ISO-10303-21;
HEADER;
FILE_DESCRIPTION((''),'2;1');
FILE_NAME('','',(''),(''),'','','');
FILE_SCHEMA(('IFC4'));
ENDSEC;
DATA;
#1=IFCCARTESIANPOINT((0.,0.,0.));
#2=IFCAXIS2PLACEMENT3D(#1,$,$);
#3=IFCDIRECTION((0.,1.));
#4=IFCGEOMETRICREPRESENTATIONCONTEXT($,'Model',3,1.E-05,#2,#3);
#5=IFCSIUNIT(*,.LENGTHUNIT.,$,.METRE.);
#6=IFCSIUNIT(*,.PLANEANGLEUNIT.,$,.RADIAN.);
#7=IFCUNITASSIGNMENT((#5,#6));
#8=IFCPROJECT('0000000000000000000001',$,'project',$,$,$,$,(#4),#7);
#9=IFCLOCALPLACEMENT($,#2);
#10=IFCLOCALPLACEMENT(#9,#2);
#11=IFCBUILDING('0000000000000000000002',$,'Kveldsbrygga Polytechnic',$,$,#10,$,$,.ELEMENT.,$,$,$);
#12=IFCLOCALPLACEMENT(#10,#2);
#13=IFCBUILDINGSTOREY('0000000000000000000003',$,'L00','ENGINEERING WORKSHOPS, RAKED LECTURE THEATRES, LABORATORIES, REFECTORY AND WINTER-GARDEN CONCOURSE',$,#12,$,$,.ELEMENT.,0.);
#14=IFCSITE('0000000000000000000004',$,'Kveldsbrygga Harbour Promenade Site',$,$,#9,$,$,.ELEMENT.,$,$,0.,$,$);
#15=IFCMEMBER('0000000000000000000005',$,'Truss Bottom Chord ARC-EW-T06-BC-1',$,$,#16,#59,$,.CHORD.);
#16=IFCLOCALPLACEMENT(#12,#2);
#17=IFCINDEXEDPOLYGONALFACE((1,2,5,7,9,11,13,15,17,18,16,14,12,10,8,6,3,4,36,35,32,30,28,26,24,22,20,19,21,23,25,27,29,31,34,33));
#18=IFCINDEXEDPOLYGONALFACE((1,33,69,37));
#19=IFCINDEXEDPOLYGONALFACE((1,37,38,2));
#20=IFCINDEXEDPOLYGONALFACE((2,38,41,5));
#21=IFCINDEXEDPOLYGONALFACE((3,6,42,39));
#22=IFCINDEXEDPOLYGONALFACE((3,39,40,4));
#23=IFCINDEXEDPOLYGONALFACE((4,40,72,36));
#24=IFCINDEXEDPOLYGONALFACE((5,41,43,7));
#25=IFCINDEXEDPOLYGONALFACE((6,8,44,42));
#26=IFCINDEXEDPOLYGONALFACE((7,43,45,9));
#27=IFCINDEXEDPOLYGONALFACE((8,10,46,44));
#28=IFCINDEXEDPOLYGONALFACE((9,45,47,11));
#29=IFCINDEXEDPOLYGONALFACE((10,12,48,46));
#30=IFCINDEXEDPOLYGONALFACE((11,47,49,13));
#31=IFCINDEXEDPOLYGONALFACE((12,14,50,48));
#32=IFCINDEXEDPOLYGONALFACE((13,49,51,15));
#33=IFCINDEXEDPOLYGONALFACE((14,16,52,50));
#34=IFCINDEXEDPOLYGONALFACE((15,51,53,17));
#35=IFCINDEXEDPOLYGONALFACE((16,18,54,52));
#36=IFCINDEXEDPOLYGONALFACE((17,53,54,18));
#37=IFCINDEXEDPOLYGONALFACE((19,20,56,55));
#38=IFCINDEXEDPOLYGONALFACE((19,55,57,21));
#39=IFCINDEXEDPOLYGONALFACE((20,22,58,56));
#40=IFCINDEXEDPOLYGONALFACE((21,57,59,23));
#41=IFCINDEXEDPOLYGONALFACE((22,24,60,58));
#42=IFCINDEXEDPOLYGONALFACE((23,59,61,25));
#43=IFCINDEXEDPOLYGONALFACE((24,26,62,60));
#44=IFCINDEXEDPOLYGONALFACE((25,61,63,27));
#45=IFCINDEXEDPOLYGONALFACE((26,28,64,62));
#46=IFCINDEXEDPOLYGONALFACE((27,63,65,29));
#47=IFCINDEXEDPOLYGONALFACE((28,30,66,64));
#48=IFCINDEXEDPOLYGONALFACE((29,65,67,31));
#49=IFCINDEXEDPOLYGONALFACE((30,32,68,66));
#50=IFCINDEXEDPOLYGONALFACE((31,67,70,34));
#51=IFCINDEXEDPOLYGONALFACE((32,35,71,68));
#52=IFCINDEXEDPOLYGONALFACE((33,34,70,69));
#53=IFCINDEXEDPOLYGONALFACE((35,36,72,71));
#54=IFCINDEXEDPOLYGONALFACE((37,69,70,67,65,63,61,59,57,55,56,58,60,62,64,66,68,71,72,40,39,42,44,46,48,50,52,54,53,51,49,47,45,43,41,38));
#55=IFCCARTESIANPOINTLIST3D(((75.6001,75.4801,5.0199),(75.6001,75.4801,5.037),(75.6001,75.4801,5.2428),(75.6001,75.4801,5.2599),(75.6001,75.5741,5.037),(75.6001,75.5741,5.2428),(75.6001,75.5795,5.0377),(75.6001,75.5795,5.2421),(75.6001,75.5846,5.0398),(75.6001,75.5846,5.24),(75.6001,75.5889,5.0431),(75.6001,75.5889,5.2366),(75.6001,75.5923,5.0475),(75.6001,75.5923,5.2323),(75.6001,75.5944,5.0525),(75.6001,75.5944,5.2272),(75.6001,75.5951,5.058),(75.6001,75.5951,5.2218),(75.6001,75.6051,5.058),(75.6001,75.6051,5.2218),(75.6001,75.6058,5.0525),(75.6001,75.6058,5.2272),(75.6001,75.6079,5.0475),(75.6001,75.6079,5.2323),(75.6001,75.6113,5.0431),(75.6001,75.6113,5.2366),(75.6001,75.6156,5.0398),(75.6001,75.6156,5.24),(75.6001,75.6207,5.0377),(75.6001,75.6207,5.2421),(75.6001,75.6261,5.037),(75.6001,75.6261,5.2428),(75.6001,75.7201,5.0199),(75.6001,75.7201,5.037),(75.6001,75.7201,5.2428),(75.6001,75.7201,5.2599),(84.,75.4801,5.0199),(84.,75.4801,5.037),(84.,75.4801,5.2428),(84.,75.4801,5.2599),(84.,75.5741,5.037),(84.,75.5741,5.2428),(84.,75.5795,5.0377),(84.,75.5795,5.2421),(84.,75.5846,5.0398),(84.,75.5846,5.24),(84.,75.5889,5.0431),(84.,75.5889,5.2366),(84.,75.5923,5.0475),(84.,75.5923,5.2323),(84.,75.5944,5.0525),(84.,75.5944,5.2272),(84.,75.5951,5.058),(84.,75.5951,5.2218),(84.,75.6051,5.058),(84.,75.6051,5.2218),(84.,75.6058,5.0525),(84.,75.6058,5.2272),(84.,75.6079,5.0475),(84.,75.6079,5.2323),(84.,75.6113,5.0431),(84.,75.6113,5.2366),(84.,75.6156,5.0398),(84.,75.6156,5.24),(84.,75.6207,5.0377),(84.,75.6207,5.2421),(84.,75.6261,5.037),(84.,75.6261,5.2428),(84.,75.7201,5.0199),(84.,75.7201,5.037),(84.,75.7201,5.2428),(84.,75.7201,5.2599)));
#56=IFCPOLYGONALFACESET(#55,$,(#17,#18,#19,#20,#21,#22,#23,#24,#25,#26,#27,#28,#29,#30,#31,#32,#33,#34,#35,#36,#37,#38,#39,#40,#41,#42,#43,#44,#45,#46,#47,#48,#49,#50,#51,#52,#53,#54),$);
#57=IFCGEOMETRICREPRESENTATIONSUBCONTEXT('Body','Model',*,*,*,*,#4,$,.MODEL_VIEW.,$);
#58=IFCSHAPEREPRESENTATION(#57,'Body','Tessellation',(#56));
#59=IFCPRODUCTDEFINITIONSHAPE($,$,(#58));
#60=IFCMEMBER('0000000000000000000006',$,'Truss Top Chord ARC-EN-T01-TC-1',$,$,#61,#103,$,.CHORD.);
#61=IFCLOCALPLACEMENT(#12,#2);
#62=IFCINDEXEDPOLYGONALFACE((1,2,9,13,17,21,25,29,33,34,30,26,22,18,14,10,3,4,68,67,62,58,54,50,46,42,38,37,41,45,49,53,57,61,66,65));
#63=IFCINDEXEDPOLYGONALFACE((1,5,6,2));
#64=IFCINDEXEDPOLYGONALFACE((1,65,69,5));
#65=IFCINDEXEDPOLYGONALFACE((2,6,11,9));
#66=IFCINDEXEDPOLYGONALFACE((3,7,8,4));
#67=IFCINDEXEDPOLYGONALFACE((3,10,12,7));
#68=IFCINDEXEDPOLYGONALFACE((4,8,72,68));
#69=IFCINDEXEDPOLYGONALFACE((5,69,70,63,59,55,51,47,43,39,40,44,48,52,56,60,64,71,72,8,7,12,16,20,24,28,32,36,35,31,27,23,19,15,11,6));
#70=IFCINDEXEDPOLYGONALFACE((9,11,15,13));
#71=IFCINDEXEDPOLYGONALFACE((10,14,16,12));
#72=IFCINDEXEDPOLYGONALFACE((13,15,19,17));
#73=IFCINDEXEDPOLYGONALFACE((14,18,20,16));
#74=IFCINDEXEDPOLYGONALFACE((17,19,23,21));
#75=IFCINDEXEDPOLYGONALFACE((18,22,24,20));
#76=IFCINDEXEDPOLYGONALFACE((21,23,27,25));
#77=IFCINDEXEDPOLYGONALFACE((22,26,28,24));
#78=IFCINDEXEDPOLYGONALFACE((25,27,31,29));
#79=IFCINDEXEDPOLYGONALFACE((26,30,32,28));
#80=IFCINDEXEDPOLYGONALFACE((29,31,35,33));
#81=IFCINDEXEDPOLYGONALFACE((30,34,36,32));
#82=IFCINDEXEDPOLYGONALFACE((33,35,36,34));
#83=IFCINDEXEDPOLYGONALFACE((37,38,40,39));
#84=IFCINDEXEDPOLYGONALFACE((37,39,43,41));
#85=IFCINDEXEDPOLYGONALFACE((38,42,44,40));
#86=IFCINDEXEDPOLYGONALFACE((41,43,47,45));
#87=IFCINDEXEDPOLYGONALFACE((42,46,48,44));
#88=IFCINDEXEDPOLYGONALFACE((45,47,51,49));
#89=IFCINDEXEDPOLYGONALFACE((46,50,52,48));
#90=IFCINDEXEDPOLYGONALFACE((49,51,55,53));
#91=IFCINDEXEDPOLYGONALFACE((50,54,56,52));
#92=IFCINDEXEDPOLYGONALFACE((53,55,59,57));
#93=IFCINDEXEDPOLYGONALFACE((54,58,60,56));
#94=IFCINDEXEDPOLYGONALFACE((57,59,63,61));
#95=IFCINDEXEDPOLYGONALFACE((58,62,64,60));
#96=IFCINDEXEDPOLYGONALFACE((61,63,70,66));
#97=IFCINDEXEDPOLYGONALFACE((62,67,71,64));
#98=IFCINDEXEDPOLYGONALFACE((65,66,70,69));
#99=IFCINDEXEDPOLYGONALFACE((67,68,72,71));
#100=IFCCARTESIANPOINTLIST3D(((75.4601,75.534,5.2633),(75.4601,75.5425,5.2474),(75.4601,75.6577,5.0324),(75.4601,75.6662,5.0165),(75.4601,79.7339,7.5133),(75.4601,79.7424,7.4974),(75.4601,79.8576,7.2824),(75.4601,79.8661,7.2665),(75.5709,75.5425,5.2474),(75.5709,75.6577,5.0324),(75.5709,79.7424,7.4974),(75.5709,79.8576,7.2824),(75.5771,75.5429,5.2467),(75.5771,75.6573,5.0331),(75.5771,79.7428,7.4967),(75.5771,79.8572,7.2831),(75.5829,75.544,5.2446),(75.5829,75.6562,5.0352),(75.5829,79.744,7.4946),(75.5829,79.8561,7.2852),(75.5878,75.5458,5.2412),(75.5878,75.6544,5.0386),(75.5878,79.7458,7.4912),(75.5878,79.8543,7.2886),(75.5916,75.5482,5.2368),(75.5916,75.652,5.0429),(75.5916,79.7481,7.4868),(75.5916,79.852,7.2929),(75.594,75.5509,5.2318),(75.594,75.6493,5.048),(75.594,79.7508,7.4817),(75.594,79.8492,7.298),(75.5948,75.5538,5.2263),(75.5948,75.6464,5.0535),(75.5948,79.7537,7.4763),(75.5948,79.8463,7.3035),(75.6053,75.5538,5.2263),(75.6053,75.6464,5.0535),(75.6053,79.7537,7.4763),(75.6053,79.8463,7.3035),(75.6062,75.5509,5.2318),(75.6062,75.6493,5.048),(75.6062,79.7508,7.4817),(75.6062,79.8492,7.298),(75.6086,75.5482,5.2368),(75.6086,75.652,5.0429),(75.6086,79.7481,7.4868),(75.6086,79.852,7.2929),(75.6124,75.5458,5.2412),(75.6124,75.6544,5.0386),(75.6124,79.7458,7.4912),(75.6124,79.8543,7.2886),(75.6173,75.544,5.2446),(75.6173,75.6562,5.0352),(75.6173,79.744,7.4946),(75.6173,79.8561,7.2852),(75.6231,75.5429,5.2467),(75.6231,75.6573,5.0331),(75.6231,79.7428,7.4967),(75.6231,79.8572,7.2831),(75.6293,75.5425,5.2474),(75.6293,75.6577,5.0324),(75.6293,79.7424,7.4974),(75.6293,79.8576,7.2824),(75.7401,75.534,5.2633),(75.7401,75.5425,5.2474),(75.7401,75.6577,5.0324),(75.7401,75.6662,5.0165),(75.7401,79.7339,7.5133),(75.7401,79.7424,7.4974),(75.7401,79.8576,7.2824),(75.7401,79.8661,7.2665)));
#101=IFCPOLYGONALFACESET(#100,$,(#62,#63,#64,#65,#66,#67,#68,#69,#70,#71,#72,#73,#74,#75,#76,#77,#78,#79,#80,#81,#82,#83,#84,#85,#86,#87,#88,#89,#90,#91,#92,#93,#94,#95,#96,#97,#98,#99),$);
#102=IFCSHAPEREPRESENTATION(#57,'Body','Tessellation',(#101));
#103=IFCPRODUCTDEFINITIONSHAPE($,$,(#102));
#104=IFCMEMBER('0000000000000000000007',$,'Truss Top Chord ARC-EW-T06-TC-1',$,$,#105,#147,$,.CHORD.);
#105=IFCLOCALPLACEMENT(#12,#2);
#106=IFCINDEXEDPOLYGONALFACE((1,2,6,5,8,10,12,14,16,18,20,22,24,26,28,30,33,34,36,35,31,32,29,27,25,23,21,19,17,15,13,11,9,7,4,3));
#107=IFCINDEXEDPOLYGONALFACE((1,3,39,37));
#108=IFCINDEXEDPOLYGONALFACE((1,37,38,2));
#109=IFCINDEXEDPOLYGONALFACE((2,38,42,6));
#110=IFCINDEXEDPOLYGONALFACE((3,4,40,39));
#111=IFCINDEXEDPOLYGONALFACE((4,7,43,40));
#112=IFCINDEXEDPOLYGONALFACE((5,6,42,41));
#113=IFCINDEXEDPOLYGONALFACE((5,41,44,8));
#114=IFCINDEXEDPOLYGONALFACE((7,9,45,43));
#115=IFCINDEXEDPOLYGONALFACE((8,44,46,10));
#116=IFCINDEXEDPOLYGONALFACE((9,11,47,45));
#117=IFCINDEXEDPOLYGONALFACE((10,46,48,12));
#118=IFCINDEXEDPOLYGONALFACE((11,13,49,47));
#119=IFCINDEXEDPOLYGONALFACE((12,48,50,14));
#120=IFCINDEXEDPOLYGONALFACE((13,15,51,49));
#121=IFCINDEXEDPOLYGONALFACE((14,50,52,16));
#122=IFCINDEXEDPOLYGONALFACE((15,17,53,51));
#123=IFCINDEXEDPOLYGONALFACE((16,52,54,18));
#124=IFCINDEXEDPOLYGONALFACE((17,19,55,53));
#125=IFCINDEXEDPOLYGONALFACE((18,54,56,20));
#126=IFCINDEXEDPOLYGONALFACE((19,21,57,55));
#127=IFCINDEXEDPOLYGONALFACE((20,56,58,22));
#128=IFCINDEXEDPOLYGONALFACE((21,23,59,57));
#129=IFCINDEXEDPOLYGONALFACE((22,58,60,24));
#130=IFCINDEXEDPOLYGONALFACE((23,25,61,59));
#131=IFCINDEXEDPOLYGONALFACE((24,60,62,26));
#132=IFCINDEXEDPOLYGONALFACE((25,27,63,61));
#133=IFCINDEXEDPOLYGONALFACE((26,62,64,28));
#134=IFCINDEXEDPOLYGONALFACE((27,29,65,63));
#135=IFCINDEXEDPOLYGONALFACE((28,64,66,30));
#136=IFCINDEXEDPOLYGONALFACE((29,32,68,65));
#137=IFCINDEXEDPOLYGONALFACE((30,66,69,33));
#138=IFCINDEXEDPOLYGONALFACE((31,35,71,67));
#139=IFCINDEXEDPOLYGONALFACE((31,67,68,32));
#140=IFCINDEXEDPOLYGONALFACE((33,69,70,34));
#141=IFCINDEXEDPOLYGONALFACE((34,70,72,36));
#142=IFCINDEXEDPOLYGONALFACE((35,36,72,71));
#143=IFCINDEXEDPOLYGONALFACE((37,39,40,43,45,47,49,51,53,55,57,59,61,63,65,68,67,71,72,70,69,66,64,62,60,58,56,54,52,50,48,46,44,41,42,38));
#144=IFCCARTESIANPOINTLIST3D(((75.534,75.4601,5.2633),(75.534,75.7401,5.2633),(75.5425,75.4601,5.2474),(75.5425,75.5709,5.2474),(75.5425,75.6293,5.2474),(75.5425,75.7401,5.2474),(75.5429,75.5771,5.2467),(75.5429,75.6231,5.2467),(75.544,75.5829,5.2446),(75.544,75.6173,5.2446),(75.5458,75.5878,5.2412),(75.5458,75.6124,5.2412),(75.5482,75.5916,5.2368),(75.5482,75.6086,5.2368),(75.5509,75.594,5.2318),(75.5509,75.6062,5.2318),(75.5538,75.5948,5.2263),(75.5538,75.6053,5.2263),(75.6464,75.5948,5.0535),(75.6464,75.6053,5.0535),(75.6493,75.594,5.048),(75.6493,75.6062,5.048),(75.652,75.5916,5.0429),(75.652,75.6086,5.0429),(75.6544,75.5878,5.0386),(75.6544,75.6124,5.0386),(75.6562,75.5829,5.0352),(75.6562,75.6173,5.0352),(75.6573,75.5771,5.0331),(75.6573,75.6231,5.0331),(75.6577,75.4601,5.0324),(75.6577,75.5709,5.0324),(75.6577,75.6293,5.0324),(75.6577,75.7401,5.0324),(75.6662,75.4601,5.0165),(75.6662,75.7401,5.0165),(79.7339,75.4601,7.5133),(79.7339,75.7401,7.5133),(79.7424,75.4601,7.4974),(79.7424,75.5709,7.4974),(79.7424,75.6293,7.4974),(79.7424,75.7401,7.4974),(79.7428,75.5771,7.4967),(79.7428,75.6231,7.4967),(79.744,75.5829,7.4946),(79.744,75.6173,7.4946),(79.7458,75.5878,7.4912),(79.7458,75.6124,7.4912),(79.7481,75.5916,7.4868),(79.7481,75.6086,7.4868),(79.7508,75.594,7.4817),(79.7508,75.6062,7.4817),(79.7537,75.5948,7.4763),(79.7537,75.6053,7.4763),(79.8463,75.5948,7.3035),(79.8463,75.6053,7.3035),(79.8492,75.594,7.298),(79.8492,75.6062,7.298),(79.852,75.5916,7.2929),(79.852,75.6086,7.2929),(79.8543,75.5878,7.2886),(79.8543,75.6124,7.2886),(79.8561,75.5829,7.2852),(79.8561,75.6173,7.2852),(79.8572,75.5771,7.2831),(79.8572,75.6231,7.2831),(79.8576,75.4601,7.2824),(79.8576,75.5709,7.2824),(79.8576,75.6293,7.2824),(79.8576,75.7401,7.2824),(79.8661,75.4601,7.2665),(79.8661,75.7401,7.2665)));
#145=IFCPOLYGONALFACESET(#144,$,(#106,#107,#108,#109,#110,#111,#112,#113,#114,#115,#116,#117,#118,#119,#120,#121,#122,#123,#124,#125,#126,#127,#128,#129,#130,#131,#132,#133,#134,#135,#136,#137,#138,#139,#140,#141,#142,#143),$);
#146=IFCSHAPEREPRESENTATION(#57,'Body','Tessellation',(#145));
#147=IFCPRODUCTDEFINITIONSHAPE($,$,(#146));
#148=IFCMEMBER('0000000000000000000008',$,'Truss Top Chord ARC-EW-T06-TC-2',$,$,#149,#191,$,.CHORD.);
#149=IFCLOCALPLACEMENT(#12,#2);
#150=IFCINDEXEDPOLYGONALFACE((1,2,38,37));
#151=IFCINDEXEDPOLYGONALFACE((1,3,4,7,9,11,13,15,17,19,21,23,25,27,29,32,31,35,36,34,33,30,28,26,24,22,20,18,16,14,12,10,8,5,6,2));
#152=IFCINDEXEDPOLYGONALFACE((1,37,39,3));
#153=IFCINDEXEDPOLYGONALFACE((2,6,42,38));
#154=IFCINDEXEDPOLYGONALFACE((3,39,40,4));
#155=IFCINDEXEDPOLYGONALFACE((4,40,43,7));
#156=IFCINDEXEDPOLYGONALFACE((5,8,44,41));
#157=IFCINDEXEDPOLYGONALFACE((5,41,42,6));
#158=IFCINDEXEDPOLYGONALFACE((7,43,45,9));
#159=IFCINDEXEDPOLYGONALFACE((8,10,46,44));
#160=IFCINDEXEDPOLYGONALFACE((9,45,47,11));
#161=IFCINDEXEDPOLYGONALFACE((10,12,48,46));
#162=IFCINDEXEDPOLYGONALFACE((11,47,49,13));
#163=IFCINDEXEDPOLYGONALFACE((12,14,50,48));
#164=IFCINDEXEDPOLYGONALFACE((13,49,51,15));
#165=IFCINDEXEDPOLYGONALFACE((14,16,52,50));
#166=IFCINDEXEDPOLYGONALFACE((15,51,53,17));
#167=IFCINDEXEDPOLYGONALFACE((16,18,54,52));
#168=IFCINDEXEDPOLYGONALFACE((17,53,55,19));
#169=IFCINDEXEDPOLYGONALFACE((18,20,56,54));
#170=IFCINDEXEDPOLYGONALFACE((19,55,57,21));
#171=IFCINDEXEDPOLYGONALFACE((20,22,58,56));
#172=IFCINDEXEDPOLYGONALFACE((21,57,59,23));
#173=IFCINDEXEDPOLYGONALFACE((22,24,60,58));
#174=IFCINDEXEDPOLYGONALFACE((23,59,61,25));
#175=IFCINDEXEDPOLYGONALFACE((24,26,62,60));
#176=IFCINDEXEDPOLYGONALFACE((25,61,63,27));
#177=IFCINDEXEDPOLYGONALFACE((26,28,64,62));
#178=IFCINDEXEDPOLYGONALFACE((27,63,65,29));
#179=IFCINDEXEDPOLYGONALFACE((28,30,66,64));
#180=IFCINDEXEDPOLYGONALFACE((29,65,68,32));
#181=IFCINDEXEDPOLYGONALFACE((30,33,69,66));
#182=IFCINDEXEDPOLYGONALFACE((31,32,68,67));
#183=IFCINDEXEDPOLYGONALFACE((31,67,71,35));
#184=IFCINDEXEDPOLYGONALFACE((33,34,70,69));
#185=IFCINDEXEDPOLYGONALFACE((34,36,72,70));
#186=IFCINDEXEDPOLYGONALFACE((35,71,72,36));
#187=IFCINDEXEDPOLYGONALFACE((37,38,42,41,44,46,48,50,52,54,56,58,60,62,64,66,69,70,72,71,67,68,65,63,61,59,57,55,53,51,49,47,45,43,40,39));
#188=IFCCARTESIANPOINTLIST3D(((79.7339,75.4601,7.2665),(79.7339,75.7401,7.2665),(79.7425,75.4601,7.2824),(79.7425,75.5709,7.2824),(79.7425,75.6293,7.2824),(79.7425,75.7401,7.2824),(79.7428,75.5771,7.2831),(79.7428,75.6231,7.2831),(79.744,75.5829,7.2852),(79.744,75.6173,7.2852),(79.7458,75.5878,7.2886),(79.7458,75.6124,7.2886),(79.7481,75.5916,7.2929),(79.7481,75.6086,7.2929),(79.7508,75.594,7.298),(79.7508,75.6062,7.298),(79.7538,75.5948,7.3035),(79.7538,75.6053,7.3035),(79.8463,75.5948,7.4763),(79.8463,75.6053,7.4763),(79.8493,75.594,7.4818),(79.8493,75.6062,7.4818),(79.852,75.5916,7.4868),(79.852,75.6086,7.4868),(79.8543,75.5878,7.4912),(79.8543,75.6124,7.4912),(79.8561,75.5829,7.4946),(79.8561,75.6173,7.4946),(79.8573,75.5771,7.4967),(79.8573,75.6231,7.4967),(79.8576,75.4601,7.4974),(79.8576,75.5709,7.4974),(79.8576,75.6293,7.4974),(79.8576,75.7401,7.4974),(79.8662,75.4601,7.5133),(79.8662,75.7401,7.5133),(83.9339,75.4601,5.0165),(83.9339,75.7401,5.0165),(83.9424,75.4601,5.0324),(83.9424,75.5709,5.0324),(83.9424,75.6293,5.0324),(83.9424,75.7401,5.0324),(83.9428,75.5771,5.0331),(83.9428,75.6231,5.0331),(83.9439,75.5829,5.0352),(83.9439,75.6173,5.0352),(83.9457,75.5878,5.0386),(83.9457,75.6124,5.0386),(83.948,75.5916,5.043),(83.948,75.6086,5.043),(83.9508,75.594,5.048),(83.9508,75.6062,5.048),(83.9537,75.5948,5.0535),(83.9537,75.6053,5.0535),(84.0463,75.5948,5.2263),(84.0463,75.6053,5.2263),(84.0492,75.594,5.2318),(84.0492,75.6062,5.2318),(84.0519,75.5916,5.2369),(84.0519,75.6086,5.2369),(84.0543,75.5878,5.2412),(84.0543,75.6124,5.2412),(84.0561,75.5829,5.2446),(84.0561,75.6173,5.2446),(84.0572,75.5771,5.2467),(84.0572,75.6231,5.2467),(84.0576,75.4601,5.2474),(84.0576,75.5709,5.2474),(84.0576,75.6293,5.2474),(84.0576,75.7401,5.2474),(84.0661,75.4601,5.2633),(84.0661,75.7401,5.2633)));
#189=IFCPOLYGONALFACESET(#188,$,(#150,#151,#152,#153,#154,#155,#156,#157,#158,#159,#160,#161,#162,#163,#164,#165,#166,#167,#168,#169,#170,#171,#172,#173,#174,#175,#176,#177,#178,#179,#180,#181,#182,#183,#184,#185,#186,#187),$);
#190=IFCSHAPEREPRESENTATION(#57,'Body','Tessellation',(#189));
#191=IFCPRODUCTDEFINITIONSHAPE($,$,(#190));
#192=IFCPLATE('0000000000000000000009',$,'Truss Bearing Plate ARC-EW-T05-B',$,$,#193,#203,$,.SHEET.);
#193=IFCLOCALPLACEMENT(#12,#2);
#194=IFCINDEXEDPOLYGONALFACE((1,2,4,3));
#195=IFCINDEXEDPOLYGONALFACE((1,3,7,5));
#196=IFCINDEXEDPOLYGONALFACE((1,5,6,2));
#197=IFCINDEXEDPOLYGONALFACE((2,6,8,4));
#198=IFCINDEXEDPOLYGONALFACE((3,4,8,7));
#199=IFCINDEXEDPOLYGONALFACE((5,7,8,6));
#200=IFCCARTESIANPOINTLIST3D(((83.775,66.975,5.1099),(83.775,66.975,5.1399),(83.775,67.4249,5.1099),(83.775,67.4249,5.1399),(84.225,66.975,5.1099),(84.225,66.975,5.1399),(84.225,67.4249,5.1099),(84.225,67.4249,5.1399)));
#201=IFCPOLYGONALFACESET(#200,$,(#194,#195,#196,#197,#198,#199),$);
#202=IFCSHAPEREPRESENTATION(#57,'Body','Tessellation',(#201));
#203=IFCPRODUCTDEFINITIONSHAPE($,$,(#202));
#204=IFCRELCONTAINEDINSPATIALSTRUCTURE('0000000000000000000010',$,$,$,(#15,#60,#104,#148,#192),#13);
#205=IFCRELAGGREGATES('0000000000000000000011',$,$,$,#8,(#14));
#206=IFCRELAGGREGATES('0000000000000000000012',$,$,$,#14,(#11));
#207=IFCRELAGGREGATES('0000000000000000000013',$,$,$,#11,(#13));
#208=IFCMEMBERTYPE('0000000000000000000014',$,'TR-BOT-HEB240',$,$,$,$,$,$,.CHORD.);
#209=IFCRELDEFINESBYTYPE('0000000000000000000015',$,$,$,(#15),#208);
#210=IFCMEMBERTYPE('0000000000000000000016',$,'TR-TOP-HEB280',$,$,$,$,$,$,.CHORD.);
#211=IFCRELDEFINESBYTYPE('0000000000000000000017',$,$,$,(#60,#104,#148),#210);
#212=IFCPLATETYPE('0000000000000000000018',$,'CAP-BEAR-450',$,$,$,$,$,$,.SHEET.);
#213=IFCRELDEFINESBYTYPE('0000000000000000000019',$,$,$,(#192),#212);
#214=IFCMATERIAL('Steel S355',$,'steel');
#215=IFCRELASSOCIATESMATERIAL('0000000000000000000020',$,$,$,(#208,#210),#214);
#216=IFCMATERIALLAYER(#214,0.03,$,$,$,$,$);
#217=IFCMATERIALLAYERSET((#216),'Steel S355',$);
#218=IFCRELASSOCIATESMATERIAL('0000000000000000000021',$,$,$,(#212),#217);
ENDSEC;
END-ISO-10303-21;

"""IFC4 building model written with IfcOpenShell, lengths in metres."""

from ifc_helpers import new_model, si_unit, direction, frame, origin, origin_2d, place, context, subcontext, project, spatial, rectangle, i_section, extrude, material, layer, layer_set, material_profile, profile_set, type_object, element, save


model = new_model("IFC4")

# Units and contexts
model_context = context("Model", 3, precision=1e-05, world=origin(), true_north=direction((0.0, 1.0)))
body_context = subcontext(model_context, "Body", "Model", "MODEL_VIEW")
ifc_project = project(units=[si_unit("LENGTHUNIT", "METRE"), si_unit("PLANEANGLEUNIT", "RADIAN")], contexts=[model_context])

# Site, building, storey
site_placement = place(None, origin())
site = spatial("IfcSite", under=ifc_project, at=site_placement, Name="Kveldsbrygga Harbour Promenade Site", CompositionType="ELEMENT", RefElevation=0.0)
building_placement = place(site_placement, origin())
building = spatial("IfcBuilding", under=site, at=building_placement, Name="Kveldsbrygga Polytechnic", CompositionType="ELEMENT")
storey_placement = place(building_placement, origin())
storey = spatial("IfcBuildingStorey", under=building, at=storey_placement, Name="L00", Description="ENGINEERING WORKSHOPS, RAKED LECTURE THEATRES, LABORATORIES, REFECTORY AND WINTER-GARDEN CONCOURSE", CompositionType="ELEMENT", Elevation=0.0)

# Members
ifc_material_1 = material(Name="Steel S355", Category="steel")
ifc_material_profile_1 = material_profile(ifc_material_1, i_section(OverallWidth=0.24, OverallDepth=0.24, WebThickness=0.01, FlangeThickness=0.0171, FilletRadius=0.021, at=origin_2d()), Name="HEB 240")
ifc_profile_set_1 = profile_set([ifc_material_profile_1], Name="Steel S355")
member_type_1 = type_object("IfcMemberType", Name="TR-BOT-HEB240", PredefinedType="CHORD", material=ifc_profile_set_1)
member_placement = place(storey_placement, frame((75.6001, 75.6001, 5.1399), z_axis=(1.0, 0.0, 0.0), x_axis=(0.0, 1.0, 0.0)))
element("IfcMember", 1, at=member_placement, inside=storey, type_object=member_type_1, Name="Truss Bottom Chord ARC-EW-T06-BC-1", PredefinedType="CHORD", context=body_context, shape_type="SweptSolid", body=[
    extrude(i_section(OverallWidth=0.24, OverallDepth=0.24, WebThickness=0.01, FlangeThickness=0.0171, FilletRadius=0.021, at=origin_2d()), origin(), (0.0, 0.0, 1.0), 8.3999),
])
ifc_material_profile_2 = material_profile(ifc_material_1, i_section(OverallWidth=0.28, OverallDepth=0.28, WebThickness=0.0105, FlangeThickness=0.0181, FilletRadius=0.0239, at=origin_2d()), Name="HEB 280")
ifc_profile_set_2 = profile_set([ifc_material_profile_2], Name="Steel S355")
member_type_2 = type_object("IfcMemberType", Name="TR-TOP-HEB280", PredefinedType="CHORD", material=ifc_profile_set_2)
for number, where, z_axis, x_axis, name in (
    (2, (75.6001, 75.6001, 5.1399), (0.0, 0.881478, 0.472226), (-1.0, 0.0, 0.0), "Truss Top Chord ARC-EN-T01-TC-1"),
    (3, (75.6001, 75.6001, 5.1399), (0.881478, 0.0, 0.472226), (0.0, 1.0, 0.0), "Truss Top Chord ARC-EW-T06-TC-1"),
    (4, (79.8, 75.6001, 7.3899), (0.881478, 0.0, -0.472226), (0.0, 1.0, 0.0), "Truss Top Chord ARC-EW-T06-TC-2"),
):
    element("IfcMember", number, at=place(storey_placement, frame(where, z_axis=z_axis, x_axis=x_axis)), inside=storey, type_object=member_type_2, Name=name, PredefinedType="CHORD", context=body_context, shape_type="SweptSolid", body=[
        extrude(i_section(OverallWidth=0.28, OverallDepth=0.28, WebThickness=0.0105, FlangeThickness=0.0181, FilletRadius=0.0239, at=origin_2d()), origin(), (0.0, 0.0, 1.0), 4.7646),
    ])

# Plate
ifc_layer_1 = layer(ifc_material_1, 0.03)
ifc_layer_set_1 = layer_set([ifc_layer_1], Name="Steel S355")
plate_type_1 = type_object("IfcPlateType", Name="CAP-BEAR-450", PredefinedType="SHEET", material=ifc_layer_set_1)
plate_1_placement = place(storey_placement, frame((84.0, 67.2, 5.1099), z_axis=(0.0, 0.0, 1.0), x_axis=(1.0, 0.0, 0.0)))
element("IfcPlate", 5, at=plate_1_placement, inside=storey, type_object=plate_type_1, Name="Truss Bearing Plate ARC-EW-T05-B", PredefinedType="SHEET", context=body_context, shape_type="SweptSolid", body=[
    extrude(rectangle(XDim=0.45, YDim=0.45, at=origin_2d()), origin(), (0.0, 0.0, 1.0), 0.03),
])

save(model, "model.ifc")
